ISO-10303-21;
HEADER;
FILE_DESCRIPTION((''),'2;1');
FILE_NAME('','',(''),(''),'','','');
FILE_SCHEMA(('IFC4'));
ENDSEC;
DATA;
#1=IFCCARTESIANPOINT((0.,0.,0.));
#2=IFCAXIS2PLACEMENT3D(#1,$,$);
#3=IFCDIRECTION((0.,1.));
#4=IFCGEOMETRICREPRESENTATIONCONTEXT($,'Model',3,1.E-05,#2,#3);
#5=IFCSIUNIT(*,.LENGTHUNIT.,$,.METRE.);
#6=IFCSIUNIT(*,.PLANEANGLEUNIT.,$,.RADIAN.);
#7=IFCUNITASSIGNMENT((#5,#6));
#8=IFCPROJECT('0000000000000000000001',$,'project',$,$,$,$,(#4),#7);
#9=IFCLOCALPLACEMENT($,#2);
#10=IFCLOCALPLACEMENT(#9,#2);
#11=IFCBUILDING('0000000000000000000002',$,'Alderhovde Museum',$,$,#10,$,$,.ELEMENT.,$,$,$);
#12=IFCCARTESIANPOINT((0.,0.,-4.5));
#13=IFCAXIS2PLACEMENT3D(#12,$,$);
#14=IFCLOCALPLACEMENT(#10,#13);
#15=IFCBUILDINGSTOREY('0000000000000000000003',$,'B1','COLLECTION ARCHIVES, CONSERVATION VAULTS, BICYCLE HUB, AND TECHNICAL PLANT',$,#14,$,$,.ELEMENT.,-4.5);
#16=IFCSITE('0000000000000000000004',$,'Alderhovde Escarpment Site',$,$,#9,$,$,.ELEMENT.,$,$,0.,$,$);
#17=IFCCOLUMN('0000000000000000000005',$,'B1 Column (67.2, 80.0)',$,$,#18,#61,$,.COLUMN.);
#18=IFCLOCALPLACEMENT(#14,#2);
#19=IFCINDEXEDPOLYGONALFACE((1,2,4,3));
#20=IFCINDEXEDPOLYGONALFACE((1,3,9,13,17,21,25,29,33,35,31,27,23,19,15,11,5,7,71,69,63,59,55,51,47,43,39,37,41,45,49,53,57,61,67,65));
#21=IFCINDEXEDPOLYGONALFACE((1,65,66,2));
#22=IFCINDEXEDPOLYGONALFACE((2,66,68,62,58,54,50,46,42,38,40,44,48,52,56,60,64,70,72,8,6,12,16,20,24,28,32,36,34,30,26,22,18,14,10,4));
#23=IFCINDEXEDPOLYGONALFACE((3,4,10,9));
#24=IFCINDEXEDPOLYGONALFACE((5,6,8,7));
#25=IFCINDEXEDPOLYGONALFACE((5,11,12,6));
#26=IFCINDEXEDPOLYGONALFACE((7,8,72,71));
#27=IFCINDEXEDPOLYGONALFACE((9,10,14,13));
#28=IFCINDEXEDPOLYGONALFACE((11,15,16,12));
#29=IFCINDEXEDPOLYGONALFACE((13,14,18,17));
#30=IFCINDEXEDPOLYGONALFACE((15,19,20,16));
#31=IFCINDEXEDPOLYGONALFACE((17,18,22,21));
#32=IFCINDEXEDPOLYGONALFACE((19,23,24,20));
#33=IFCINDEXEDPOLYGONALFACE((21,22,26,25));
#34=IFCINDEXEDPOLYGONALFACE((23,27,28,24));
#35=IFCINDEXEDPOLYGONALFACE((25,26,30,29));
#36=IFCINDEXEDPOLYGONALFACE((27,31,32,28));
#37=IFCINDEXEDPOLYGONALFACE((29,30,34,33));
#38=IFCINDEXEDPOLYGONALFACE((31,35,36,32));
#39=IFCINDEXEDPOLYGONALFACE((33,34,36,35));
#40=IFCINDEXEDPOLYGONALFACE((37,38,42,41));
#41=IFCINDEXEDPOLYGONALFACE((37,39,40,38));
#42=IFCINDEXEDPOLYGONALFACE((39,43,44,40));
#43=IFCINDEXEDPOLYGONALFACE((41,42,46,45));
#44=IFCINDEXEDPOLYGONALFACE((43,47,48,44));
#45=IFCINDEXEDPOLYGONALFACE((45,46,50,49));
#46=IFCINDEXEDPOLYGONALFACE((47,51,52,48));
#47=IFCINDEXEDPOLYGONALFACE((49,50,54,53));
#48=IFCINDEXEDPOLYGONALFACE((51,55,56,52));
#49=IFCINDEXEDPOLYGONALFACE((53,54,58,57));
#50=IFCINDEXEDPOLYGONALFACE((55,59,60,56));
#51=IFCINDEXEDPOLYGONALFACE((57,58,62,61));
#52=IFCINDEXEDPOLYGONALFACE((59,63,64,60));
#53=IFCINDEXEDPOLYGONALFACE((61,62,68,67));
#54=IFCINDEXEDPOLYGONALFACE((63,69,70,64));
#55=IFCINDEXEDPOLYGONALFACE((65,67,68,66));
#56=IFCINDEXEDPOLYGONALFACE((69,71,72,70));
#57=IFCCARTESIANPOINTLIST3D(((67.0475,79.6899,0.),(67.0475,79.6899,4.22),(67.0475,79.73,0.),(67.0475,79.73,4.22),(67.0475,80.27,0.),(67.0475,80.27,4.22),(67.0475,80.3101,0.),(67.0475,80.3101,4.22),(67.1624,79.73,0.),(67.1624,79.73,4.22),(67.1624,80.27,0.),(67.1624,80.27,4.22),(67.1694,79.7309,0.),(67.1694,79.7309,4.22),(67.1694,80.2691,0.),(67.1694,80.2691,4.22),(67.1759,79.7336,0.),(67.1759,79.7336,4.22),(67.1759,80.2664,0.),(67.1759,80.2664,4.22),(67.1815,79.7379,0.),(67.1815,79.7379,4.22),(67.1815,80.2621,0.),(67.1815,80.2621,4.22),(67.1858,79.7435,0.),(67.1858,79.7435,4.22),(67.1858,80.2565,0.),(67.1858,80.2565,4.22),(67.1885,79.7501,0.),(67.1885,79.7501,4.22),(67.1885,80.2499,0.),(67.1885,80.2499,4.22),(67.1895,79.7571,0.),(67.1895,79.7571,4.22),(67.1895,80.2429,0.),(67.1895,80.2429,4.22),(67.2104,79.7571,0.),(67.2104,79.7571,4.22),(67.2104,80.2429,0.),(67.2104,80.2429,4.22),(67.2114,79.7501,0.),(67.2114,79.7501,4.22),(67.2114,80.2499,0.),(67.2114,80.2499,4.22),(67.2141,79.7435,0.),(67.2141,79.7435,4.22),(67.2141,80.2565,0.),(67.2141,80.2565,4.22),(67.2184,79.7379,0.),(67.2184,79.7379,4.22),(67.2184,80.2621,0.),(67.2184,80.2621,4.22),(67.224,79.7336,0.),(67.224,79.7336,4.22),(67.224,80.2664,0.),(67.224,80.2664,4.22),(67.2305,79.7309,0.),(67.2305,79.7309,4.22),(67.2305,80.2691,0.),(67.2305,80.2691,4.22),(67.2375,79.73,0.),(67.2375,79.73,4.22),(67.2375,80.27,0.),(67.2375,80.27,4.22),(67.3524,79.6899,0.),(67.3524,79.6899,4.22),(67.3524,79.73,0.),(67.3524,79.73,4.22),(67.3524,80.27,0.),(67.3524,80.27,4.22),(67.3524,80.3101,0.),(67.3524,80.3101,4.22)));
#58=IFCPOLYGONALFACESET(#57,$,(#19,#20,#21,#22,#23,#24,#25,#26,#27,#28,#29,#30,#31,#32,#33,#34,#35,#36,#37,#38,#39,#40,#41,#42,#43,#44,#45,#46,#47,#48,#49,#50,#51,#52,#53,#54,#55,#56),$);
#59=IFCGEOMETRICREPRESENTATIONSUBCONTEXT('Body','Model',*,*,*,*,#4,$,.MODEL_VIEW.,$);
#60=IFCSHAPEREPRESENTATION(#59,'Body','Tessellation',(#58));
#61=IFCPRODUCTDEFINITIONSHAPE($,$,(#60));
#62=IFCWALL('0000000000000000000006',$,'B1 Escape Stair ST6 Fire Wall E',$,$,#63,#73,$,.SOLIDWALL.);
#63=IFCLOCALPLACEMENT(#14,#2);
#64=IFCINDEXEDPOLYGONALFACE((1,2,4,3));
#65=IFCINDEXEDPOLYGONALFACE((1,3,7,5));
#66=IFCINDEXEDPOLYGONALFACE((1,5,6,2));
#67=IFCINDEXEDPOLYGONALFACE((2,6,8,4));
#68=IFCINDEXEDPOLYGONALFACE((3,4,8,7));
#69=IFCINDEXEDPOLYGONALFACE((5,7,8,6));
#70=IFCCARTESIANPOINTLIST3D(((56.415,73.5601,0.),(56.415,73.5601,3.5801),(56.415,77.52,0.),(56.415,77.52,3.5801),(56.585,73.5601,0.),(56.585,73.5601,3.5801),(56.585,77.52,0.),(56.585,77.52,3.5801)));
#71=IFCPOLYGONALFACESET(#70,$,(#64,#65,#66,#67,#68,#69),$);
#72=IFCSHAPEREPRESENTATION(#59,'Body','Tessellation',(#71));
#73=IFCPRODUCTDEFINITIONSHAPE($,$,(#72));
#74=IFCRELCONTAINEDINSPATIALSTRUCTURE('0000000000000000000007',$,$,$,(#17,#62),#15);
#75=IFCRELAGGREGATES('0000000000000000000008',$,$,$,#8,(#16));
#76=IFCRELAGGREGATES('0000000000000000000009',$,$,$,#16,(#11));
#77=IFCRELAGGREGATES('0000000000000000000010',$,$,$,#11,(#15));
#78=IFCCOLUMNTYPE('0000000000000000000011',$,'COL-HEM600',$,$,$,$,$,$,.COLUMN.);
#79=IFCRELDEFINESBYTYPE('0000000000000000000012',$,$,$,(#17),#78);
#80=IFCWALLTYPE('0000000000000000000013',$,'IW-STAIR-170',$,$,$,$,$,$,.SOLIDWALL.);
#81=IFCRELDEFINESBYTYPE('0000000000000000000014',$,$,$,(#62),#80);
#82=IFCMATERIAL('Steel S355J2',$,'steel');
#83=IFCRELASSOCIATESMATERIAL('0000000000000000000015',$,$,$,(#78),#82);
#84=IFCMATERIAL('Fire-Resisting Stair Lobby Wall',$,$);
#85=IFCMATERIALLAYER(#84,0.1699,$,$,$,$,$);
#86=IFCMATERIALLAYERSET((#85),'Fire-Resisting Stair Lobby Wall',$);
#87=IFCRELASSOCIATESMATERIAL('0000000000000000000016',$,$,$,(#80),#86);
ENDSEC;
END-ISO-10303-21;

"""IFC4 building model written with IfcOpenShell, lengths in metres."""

from ifc_helpers import new_model, si_unit, direction, frame, frame_2d, origin, origin_2d, place, context, subcontext, project, spatial, rectangle, i_section, extrude, material, layer, layer_set, material_profile, profile_set, type_object, element, save


model = new_model("IFC4")

# Units and contexts
model_context = context("Model", 3, precision=1e-05, world=origin(), true_north=direction((0.0, 1.0)))
body_context = subcontext(model_context, "Body", "Model", "MODEL_VIEW")
ifc_project = project(units=[si_unit("LENGTHUNIT", "METRE"), si_unit("PLANEANGLEUNIT", "RADIAN")], contexts=[model_context])

# Site, building, storey
site_placement = place(None, origin())
site = spatial("IfcSite", under=ifc_project, at=site_placement, Name="Alderhovde Escarpment Site", CompositionType="ELEMENT", RefElevation=0.0)
building_placement = place(site_placement, origin())
building = spatial("IfcBuilding", under=site, at=building_placement, Name="Alderhovde Museum", CompositionType="ELEMENT")
storey_placement = place(building_placement, frame((0.0, 0.0, -4.5)))
storey = spatial("IfcBuildingStorey", under=building, at=storey_placement, Name="B1", Description="COLLECTION ARCHIVES, CONSERVATION VAULTS, BICYCLE HUB, AND TECHNICAL PLANT", CompositionType="ELEMENT", Elevation=-4.5)

# Column
ifc_material_1 = material(Name="Steel S355J2", Category="steel")
ifc_material_profile_1 = material_profile(ifc_material_1, i_section(OverallWidth=0.3049, OverallDepth=0.6201, WebThickness=0.021, FlangeThickness=0.04, FilletRadius=0.0271, at=origin_2d()), Name="HEM 600")
ifc_profile_set_1 = profile_set([ifc_material_profile_1], Name="Steel S355J2")
column_type_1 = type_object("IfcColumnType", Name="COL-HEM600", PredefinedType="COLUMN", material=ifc_profile_set_1)
for number, where, z_axis, x_axis, name in (
    (1, (67.2, 80.0, 0.0), (0.0, 0.0, 1.0), (1.0, 0.0, 0.0), "B1 Column (67.2, 80.0)"),
):
    element("IfcColumn", number, at=place(storey_placement, frame(where, z_axis=z_axis, x_axis=x_axis)), inside=storey, type_object=column_type_1, Name=name, PredefinedType="COLUMN", context=body_context, shape_type="SweptSolid", body=[
        extrude(i_section(OverallWidth=0.3049, OverallDepth=0.6201, WebThickness=0.021, FlangeThickness=0.04, FilletRadius=0.0271, at=origin_2d()), origin(), (0.0, 0.0, 1.0), 4.22),
    ])

# Wall
ifc_material_2 = material(Name="Fire-Resisting Stair Lobby Wall")
ifc_layer = layer(ifc_material_2, 0.1699)
ifc_layer_set = layer_set([ifc_layer], Name="Fire-Resisting Stair Lobby Wall")
wall_type = type_object("IfcWallType", Name="IW-STAIR-170", PredefinedType="SOLIDWALL", material=ifc_layer_set)
wall_placement = place(storey_placement, frame((56.5, 73.5601, 0.0), z_axis=(0.0, 0.0, 1.0), x_axis=(0.0, 1.0, 0.0)))
element("IfcWall", 2, at=wall_placement, inside=storey, type_object=wall_type, Name="B1 Escape Stair ST6 Fire Wall E", PredefinedType="SOLIDWALL", context=body_context, shape_type="SweptSolid", body=[
    extrude(rectangle(XDim=3.96, YDim=0.1699, at=frame_2d((1.98, 0.0))), origin(), (0.0, 0.0, 1.0), 3.5801),
])

save(model, "model.ifc")
